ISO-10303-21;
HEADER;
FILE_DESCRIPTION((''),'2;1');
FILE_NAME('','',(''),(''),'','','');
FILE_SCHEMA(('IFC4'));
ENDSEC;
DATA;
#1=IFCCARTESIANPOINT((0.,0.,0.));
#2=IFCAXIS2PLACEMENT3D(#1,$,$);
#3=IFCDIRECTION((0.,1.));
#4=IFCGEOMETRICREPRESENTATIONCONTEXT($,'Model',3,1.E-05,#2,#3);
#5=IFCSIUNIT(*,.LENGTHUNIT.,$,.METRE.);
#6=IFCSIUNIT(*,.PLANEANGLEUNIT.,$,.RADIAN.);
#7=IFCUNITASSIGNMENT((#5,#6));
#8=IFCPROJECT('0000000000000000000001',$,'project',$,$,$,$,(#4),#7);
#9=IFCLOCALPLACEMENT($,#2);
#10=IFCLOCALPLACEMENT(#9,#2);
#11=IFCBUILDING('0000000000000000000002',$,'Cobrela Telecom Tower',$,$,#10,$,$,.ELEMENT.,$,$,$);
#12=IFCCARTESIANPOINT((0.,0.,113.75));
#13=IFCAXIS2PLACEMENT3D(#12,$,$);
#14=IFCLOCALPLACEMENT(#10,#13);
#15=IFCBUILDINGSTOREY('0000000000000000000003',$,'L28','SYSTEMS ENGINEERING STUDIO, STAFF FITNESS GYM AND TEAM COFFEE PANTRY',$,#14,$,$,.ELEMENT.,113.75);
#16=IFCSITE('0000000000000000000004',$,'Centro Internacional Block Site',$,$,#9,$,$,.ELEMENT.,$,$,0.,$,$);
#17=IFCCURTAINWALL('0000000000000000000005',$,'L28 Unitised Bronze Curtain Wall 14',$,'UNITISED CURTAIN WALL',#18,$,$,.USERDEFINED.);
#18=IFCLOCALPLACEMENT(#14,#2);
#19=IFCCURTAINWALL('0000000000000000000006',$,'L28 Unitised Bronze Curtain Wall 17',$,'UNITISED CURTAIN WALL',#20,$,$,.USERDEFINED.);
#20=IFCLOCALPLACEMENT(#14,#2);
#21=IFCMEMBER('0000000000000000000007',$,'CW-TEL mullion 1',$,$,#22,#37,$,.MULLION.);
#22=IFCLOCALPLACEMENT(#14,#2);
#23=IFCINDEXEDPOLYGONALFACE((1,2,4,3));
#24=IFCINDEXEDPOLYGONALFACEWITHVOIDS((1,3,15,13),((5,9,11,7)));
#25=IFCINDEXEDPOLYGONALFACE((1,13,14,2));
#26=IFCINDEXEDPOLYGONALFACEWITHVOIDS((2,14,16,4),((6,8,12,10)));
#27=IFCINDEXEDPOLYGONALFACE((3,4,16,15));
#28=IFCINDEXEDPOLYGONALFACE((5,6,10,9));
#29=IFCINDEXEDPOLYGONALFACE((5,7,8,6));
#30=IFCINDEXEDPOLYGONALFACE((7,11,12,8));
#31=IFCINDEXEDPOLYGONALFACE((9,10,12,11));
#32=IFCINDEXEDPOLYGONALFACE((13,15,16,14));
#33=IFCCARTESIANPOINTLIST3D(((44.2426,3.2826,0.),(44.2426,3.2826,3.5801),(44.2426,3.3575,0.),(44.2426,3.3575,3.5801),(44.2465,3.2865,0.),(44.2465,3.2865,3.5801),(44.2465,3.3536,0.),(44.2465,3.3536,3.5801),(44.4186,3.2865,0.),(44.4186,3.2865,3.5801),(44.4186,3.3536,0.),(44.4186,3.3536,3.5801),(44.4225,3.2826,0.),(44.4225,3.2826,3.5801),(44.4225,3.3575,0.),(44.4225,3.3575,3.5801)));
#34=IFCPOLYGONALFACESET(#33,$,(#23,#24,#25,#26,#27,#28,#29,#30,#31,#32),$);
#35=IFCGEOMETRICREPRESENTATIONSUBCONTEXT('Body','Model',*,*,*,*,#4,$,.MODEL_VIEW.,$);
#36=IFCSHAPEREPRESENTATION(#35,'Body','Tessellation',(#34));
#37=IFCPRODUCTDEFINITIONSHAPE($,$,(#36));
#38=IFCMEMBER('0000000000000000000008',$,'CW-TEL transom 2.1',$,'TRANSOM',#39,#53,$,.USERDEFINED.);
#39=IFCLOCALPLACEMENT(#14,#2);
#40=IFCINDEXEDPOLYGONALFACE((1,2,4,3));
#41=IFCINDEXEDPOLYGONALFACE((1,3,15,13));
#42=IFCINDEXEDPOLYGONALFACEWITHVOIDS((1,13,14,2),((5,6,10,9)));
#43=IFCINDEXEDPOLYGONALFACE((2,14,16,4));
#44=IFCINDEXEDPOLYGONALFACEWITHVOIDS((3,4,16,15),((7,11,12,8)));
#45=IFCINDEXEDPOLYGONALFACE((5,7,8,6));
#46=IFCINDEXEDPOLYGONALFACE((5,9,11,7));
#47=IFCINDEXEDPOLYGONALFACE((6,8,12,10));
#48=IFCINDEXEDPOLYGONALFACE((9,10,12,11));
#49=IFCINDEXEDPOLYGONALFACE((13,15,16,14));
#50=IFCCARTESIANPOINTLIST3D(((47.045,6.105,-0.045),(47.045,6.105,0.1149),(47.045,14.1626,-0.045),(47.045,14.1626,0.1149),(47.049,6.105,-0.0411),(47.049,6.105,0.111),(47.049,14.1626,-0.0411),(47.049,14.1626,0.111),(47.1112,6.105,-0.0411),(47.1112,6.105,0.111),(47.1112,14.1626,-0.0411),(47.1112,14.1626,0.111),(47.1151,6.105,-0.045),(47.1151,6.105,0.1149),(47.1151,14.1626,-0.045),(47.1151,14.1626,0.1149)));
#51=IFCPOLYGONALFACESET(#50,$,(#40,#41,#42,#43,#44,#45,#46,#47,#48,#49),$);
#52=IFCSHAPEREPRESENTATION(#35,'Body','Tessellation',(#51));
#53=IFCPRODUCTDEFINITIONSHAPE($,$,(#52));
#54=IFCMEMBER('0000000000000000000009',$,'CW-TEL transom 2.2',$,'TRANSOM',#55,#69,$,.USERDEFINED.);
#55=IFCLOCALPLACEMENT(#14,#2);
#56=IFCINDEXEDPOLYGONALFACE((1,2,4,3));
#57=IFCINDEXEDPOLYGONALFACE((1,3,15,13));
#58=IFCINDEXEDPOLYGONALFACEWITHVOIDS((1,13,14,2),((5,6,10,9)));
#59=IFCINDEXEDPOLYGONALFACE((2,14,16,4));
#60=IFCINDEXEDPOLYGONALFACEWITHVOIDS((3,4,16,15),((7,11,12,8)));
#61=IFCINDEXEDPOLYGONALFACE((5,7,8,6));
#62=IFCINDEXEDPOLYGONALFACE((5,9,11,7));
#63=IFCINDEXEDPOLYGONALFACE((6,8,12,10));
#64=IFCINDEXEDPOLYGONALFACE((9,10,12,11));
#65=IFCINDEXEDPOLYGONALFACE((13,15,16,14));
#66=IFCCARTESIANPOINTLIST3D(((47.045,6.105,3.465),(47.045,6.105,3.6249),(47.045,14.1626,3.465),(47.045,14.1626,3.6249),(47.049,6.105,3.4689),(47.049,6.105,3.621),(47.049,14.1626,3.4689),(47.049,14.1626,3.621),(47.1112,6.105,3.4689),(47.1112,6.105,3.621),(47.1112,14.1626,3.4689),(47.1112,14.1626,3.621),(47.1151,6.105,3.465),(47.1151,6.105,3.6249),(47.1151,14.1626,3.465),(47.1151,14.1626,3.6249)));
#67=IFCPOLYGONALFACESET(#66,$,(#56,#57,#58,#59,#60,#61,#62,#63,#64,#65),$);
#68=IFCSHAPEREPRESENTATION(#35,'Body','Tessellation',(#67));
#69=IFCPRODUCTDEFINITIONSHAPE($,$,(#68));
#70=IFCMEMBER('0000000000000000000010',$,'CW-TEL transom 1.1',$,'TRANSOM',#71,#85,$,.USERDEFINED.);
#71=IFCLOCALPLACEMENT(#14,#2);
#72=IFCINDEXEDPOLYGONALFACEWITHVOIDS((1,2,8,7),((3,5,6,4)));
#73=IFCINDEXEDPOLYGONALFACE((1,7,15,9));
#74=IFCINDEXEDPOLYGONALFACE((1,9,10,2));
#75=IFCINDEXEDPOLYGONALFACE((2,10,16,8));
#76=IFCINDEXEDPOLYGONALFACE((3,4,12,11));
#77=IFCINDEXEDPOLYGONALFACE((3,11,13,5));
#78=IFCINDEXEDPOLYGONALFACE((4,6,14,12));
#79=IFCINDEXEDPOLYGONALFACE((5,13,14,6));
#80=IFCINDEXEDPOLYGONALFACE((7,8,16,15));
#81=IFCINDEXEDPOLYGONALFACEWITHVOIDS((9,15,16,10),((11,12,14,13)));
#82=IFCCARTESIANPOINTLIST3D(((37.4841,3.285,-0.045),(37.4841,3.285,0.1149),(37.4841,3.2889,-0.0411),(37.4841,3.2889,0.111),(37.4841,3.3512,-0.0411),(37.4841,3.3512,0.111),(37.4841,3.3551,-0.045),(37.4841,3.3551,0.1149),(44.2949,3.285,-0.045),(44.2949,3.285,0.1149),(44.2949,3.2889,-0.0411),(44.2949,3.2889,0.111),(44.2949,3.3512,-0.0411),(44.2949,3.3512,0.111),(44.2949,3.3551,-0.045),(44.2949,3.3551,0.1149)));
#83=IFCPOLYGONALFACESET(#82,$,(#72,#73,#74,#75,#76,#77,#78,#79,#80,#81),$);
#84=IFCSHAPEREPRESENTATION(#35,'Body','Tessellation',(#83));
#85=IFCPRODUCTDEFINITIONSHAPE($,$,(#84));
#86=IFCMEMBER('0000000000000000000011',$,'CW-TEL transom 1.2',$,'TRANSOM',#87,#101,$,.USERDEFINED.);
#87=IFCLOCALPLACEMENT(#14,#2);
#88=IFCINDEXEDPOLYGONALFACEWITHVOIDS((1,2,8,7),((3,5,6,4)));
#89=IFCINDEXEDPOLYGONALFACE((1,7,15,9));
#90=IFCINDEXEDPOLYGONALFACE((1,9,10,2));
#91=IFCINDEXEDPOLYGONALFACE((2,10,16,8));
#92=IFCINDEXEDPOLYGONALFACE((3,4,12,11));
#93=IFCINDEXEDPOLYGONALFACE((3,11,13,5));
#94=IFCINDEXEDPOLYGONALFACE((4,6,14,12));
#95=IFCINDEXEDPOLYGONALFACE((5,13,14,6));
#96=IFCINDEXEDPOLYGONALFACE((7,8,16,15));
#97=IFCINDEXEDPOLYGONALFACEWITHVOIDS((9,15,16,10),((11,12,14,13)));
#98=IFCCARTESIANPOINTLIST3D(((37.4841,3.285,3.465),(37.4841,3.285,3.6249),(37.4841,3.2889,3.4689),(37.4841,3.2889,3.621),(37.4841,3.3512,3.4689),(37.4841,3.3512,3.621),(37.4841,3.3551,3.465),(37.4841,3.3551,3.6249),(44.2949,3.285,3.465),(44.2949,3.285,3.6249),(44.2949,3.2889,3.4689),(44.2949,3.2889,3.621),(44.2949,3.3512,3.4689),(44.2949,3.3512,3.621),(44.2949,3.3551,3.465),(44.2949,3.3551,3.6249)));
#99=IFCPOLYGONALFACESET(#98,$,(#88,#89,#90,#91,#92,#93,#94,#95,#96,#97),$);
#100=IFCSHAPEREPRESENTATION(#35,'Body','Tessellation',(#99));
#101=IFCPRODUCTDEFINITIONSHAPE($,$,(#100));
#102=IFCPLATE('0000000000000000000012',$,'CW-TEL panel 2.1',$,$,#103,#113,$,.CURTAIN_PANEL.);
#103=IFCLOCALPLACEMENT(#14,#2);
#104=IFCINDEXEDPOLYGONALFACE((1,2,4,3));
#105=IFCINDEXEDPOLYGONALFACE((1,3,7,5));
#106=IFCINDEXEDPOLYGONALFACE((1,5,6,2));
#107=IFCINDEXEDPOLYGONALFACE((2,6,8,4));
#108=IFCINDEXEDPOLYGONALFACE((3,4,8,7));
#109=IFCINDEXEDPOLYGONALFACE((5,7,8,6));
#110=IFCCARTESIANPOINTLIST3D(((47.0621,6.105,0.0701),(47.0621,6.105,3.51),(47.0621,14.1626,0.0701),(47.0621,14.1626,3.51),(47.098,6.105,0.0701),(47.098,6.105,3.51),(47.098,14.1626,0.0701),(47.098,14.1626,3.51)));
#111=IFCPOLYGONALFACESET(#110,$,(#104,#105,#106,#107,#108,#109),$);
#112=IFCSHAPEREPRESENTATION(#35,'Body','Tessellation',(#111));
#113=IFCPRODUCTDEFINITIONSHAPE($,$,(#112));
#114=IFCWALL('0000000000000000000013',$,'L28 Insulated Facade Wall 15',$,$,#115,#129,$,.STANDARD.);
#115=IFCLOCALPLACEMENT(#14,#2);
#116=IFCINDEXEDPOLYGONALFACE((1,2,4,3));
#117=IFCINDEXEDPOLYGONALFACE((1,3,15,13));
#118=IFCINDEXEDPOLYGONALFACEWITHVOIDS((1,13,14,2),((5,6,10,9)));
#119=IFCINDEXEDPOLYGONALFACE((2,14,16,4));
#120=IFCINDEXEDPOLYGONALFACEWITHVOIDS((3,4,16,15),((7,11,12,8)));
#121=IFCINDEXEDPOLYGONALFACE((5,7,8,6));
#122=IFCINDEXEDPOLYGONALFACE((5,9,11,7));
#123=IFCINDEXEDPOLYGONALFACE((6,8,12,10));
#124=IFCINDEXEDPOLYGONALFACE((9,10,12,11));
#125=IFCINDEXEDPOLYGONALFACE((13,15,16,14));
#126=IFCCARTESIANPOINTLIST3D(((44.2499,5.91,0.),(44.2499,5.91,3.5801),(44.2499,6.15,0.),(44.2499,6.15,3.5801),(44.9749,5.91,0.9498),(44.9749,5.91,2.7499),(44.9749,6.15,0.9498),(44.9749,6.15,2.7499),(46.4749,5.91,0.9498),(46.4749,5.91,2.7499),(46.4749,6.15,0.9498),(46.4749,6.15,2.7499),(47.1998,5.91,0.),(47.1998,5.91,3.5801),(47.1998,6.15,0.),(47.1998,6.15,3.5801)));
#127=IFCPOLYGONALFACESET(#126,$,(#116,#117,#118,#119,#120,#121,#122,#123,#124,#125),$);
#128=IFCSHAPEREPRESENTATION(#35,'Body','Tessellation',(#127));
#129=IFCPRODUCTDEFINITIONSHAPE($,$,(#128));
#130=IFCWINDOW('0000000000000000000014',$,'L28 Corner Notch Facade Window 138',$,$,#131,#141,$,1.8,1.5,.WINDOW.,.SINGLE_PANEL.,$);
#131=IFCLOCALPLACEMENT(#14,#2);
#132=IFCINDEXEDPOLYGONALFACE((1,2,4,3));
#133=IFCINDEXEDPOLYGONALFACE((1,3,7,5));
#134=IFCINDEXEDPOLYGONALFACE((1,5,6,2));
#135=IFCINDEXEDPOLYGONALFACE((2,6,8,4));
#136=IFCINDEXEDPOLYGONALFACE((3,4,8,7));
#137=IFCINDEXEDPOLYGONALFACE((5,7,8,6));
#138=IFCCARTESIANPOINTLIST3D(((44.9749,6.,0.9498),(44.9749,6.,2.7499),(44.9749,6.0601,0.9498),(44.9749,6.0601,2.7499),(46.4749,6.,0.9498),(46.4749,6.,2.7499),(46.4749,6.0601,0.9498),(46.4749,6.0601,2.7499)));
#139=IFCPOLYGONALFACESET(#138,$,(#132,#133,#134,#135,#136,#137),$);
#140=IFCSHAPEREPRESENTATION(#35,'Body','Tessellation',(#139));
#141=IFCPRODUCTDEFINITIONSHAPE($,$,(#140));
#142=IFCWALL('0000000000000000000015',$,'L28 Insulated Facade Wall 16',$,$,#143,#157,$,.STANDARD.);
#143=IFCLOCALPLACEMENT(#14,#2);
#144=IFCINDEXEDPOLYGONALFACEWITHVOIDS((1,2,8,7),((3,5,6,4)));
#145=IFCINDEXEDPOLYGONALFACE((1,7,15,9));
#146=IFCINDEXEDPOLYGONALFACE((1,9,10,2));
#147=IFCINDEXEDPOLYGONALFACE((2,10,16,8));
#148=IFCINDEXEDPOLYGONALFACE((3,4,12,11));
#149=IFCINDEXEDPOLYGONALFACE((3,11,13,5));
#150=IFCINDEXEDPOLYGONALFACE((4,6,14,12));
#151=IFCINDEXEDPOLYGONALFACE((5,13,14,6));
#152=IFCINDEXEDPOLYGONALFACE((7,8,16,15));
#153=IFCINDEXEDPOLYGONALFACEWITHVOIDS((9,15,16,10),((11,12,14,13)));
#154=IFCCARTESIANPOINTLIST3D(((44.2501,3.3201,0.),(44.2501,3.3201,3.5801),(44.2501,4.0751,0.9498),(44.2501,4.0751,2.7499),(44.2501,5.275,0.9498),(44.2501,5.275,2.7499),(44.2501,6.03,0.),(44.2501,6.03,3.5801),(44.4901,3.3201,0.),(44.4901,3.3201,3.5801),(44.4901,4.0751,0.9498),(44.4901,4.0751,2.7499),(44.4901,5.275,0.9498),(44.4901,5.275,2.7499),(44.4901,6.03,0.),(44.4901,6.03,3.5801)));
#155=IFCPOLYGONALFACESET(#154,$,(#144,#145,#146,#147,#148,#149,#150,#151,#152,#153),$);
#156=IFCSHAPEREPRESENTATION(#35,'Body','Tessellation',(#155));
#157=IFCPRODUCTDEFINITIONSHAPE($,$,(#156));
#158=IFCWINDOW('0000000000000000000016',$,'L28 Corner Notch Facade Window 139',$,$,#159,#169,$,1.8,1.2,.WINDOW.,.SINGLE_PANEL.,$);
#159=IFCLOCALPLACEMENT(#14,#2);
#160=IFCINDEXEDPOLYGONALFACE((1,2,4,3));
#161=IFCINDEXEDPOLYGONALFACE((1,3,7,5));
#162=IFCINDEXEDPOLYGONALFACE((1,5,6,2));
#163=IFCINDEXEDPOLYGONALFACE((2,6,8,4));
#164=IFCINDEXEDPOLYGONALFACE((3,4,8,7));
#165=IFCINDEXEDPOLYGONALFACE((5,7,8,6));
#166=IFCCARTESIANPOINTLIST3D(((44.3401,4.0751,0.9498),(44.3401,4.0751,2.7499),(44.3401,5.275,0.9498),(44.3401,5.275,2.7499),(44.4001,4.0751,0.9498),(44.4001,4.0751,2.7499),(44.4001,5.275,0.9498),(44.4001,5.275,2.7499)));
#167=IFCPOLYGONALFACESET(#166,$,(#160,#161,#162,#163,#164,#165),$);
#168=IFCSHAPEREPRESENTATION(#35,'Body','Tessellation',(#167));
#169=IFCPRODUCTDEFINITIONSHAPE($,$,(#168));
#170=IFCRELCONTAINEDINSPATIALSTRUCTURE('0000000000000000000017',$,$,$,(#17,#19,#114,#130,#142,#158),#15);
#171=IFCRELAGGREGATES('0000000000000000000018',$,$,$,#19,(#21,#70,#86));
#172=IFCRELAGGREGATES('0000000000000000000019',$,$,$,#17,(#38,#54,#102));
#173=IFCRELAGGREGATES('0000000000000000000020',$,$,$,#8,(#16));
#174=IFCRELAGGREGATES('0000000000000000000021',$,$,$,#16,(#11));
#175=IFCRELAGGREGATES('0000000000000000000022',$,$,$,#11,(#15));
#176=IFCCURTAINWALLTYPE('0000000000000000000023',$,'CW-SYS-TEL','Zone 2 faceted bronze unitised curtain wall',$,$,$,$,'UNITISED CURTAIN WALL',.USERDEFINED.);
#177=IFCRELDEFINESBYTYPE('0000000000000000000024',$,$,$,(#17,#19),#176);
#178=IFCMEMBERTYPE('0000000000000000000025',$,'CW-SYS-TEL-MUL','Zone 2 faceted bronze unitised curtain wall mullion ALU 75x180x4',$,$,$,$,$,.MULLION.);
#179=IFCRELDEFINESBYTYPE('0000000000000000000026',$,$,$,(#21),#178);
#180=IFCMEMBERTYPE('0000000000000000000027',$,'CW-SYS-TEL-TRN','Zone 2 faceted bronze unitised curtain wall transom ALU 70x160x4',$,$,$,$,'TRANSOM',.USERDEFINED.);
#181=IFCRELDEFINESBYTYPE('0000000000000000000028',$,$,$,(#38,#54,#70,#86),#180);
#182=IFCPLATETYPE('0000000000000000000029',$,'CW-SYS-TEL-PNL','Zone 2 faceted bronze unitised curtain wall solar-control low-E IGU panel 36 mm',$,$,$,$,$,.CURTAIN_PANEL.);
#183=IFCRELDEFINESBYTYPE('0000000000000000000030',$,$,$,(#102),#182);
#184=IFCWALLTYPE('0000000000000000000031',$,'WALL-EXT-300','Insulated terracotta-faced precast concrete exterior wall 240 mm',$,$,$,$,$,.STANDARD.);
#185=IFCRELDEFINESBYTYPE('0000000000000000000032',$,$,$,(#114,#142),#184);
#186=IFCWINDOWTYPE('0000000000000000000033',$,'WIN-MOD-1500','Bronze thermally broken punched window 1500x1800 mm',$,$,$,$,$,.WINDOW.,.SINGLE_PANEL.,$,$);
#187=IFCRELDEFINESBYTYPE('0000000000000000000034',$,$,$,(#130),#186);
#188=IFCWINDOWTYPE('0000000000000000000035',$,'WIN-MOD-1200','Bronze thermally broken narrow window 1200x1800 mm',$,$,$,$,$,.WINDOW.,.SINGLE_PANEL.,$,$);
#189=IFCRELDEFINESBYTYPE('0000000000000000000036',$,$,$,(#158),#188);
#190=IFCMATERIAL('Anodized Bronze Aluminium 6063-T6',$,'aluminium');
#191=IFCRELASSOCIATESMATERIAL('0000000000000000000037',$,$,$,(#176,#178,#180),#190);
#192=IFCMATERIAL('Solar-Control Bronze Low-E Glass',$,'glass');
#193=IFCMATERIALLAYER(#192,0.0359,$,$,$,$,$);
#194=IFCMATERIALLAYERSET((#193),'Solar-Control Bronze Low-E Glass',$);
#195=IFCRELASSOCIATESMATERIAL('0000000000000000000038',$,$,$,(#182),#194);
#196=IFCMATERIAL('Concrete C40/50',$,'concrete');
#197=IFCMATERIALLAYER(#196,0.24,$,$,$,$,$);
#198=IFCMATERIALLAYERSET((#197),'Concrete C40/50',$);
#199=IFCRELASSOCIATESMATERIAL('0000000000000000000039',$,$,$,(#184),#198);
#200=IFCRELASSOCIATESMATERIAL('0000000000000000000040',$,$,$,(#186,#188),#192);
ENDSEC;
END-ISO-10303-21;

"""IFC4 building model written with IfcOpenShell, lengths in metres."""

from ifc_helpers import new_model, si_unit, direction, frame, frame_2d, origin, origin_2d, place, context, subcontext, project, spatial, rectangle, hollow_rectangle, extrude, material, layer, layer_set, material_profile, profile_set, type_object, element, fill, aggregate, save


model = new_model("IFC4")

# Units and contexts
model_context = context("Model", 3, precision=1e-05, world=origin(), true_north=direction((0.0, 1.0)))
body_context = subcontext(model_context, "Body", "Model", "MODEL_VIEW")
ifc_project = project(units=[si_unit("LENGTHUNIT", "METRE"), si_unit("PLANEANGLEUNIT", "RADIAN")], contexts=[model_context])

# Site, building, storey
site_placement = place(None, origin())
site = spatial("IfcSite", under=ifc_project, at=site_placement, Name="Centro Internacional Block Site", CompositionType="ELEMENT", RefElevation=0.0)
building_placement = place(site_placement, origin())
building = spatial("IfcBuilding", under=site, at=building_placement, Name="Cobrela Telecom Tower", CompositionType="ELEMENT")
storey_placement = place(building_placement, frame((0.0, 0.0, 113.75)))
storey = spatial("IfcBuildingStorey", under=building, at=storey_placement, Name="L28", Description="SYSTEMS ENGINEERING STUDIO, STAFF FITNESS GYM AND TEAM COFFEE PANTRY", CompositionType="ELEMENT", Elevation=113.75)

# Curtain wall
ifc_material_1 = material(Name="Anodized Bronze Aluminium 6063-T6", Category="aluminium")
curtain_wall_type = type_object("IfcCurtainWallType", Name="CW-SYS-TEL", Description="Zone 2 faceted bronze unitised curtain wall", ElementType="UNITISED CURTAIN WALL", PredefinedType="USERDEFINED", material=ifc_material_1)
curtain_wall_1_placement = place(storey_placement, origin())
curtain_wall_1 = element("IfcCurtainWall", 1, at=curtain_wall_1_placement, inside=storey, type_object=curtain_wall_type, Name="L28 Unitised Bronze Curtain Wall 14", ObjectType="UNITISED CURTAIN WALL", PredefinedType="USERDEFINED")
ifc_material_profile_1 = material_profile(ifc_material_1, hollow_rectangle(XDim=0.075, YDim=0.1799, WallThickness=0.0039, at=origin_2d()), Name="ALU 75x180x4")
ifc_profile_set_1 = profile_set([ifc_material_profile_1], Name="Anodized Bronze Aluminium 6063-T6")
member_type_1 = type_object("IfcMemberType", Name="CW-SYS-TEL-MUL", Description="Zone 2 faceted bronze unitised curtain wall mullion ALU 75x180x4", PredefinedType="MULLION", material=ifc_profile_set_1)

# Curtain wall, member
curtain_wall_2_placement = place(storey_placement, origin())
curtain_wall_2 = element("IfcCurtainWall", 2, at=curtain_wall_2_placement, inside=storey, type_object=curtain_wall_type, Name="L28 Unitised Bronze Curtain Wall 17", ObjectType="UNITISED CURTAIN WALL", PredefinedType="USERDEFINED")
member_1_placement = place(storey_placement, frame((44.3325, 3.3201, 0.0), z_axis=(0.0, 0.0, 1.0), x_axis=(0.0, -1.0, 0.0)))
member_1 = element("IfcMember", 3, at=member_1_placement, type_object=member_type_1, Name="CW-TEL mullion 1", PredefinedType="MULLION", context=body_context, shape_type="SweptSolid", body=[
    extrude(hollow_rectangle(XDim=0.075, YDim=0.1799, WallThickness=0.0039, at=origin_2d()), origin(), (0.0, 0.0, 1.0), 3.5801),
])

# Members
ifc_material_profile_2 = material_profile(ifc_material_1, hollow_rectangle(XDim=0.0701, YDim=0.1599, WallThickness=0.0039, at=origin_2d()), Name="ALU 70x160x4")
ifc_profile_set_2 = profile_set([ifc_material_profile_2], Name="Anodized Bronze Aluminium 6063-T6")
member_type_2 = type_object("IfcMemberType", Name="CW-SYS-TEL-TRN", Description="Zone 2 faceted bronze unitised curtain wall transom ALU 70x160x4", ElementType="TRANSOM", PredefinedType="USERDEFINED", material=ifc_profile_set_2)
member_2_placement = place(storey_placement, frame((47.0801, 14.1626, 0.0349), z_axis=(0.0, -1.0, 0.0), x_axis=(1.0, 0.0, 0.0)))
member_2 = element("IfcMember", 4, at=member_2_placement, type_object=member_type_2, Name="CW-TEL transom 2.1", ObjectType="TRANSOM", PredefinedType="USERDEFINED", context=body_context, shape_type="SweptSolid", body=[
    extrude(hollow_rectangle(XDim=0.0701, YDim=0.1599, WallThickness=0.0039, at=origin_2d()), origin(), (0.0, 0.0, 1.0), 8.0576),
])
member_3_placement = place(storey_placement, frame((47.0801, 14.1626, 3.5449), z_axis=(0.0, -1.0, 0.0), x_axis=(1.0, 0.0, 0.0)))
member_3 = element("IfcMember", 5, at=member_3_placement, type_object=member_type_2, Name="CW-TEL transom 2.2", ObjectType="TRANSOM", PredefinedType="USERDEFINED", context=body_context, shape_type="SweptSolid", body=[
    extrude(hollow_rectangle(XDim=0.0701, YDim=0.1599, WallThickness=0.0039, at=origin_2d()), origin(), (0.0, 0.0, 1.0), 8.0576),
])
member_4_placement = place(storey_placement, frame((44.2949, 3.3201, 0.0349), z_axis=(-1.0, 0.0, 0.0), x_axis=(0.0, -1.0, 0.0)))
member_4 = element("IfcMember", 6, at=member_4_placement, type_object=member_type_2, Name="CW-TEL transom 1.1", ObjectType="TRANSOM", PredefinedType="USERDEFINED", context=body_context, shape_type="SweptSolid", body=[
    extrude(hollow_rectangle(XDim=0.0701, YDim=0.1599, WallThickness=0.0039, at=origin_2d()), origin(), (0.0, 0.0, 1.0), 6.8108),
])
member_5_placement = place(storey_placement, frame((44.2949, 3.3201, 3.5449), z_axis=(-1.0, 0.0, 0.0), x_axis=(0.0, -1.0, 0.0)))
member_5 = element("IfcMember", 7, at=member_5_placement, type_object=member_type_2, Name="CW-TEL transom 1.2", ObjectType="TRANSOM", PredefinedType="USERDEFINED", context=body_context, shape_type="SweptSolid", body=[
    extrude(hollow_rectangle(XDim=0.0701, YDim=0.1599, WallThickness=0.0039, at=origin_2d()), origin(), (0.0, 0.0, 1.0), 6.8108),
])
aggregate(curtain_wall_2, [member_1, member_4, member_5])

# Plate
ifc_material_2 = material(Name="Solar-Control Bronze Low-E Glass", Category="glass")
ifc_layer_1 = layer(ifc_material_2, 0.0359)
ifc_layer_set_1 = layer_set([ifc_layer_1], Name="Solar-Control Bronze Low-E Glass")
plate_type = type_object("IfcPlateType", Name="CW-SYS-TEL-PNL", Description="Zone 2 faceted bronze unitised curtain wall solar-control low-E IGU panel 36 mm", PredefinedType="CURTAIN_PANEL", material=ifc_layer_set_1)
plate_placement = place(storey_placement, frame((47.0801, 10.1338, 0.0701), z_axis=(0.0, 0.0, 1.0), x_axis=(0.0, -1.0, 0.0)))
plate = element("IfcPlate", 8, at=plate_placement, type_object=plate_type, Name="CW-TEL panel 2.1", PredefinedType="CURTAIN_PANEL", context=body_context, shape_type="SweptSolid", body=[
    extrude(rectangle(XDim=8.0576, YDim=0.0359, at=origin_2d()), origin(), (0.0, 0.0, 1.0), 3.4399),
])
aggregate(curtain_wall_1, [member_2, member_3, plate])

# Walls, openings, windows
ifc_material_3 = material(Name="Concrete C40/50", Category="concrete")
ifc_layer_2 = layer(ifc_material_3, 0.24)
ifc_layer_set_2 = layer_set([ifc_layer_2], Name="Concrete C40/50")
wall_type = type_object("IfcWallType", Name="WALL-EXT-300", Description="Insulated terracotta-faced precast concrete exterior wall 240 mm", PredefinedType="STANDARD", material=ifc_layer_set_2)
wall_1_placement = place(storey_placement, frame((47.2, 6.03, 0.0), z_axis=(0.0, 0.0, 1.0), x_axis=(-1.0, 0.0, 0.0)))
wall_1 = element("IfcWall", 9, at=wall_1_placement, inside=storey, type_object=wall_type, Name="L28 Insulated Facade Wall 15", PredefinedType="STANDARD", context=body_context, shape_type="SweptSolid", body=[
    extrude(rectangle(XDim=2.95, YDim=0.24, at=frame_2d((1.4751, 0.0))), origin(), (0.0, 0.0, 1.0), 3.5801),
])
opening_1_placement = place(wall_1_placement, frame((0.7251, 0.0, 0.95)))
opening_1 = element("IfcOpeningElement", 10, at=opening_1_placement, cuts=wall_1, PredefinedType="OPENING", context=body_context, shape_type="SweptSolid", body=[
    extrude(rectangle(XDim=1.5, YDim=1.8, at=frame_2d((0.75, 0.8999))), frame((0.0, 0.1318, 0.0), z_axis=(0.0, -1.0, 0.0), x_axis=(1.0, 0.0, 0.0)), (0.0, 0.0, 1.0), 0.2639),
])
window_type_1 = type_object("IfcWindowType", Name="WIN-MOD-1500", Description="Bronze thermally broken punched window 1500x1800 mm", PartitioningType="SINGLE_PANEL", PredefinedType="WINDOW", material=ifc_material_2)
window_1_placement = place(opening_1_placement, origin())
window_1 = element("IfcWindow", 11, at=window_1_placement, inside=storey, type_object=window_type_1, Name="L28 Corner Notch Facade Window 138", OverallHeight=1.8, OverallWidth=1.5, PartitioningType="SINGLE_PANEL", PredefinedType="WINDOW", context=body_context, shape_type="SweptSolid", body=[
    extrude(rectangle(XDim=1.5, YDim=1.8, at=frame_2d((0.75, 0.8999))), frame((0.0, 0.03, 0.0), z_axis=(0.0, -1.0, 0.0), x_axis=(1.0, 0.0, 0.0)), (0.0, 0.0, 1.0), 0.0601),
])
fill(opening_1, window_1)
wall_2_placement = place(storey_placement, frame((44.3701, 6.03, 0.0), z_axis=(0.0, 0.0, 1.0), x_axis=(0.0, -1.0, 0.0)))
wall_2 = element("IfcWall", 12, at=wall_2_placement, inside=storey, type_object=wall_type, Name="L28 Insulated Facade Wall 16", PredefinedType="STANDARD", context=body_context, shape_type="SweptSolid", body=[
    extrude(rectangle(XDim=2.71, YDim=0.24, at=frame_2d((1.355, 0.0))), origin(), (0.0, 0.0, 1.0), 3.5801),
])
opening_2_placement = place(wall_2_placement, frame((0.7549, 0.0, 0.95)))
opening_2 = element("IfcOpeningElement", 13, at=opening_2_placement, cuts=wall_2, PredefinedType="OPENING", context=body_context, shape_type="SweptSolid", body=[
    extrude(rectangle(XDim=1.2, YDim=1.8, at=frame_2d((0.6001, 0.8999))), frame((0.0, 0.1318, 0.0), z_axis=(0.0, -1.0, 0.0), x_axis=(1.0, 0.0, 0.0)), (0.0, 0.0, 1.0), 0.2639),
])
window_type_2 = type_object("IfcWindowType", Name="WIN-MOD-1200", Description="Bronze thermally broken narrow window 1200x1800 mm", PartitioningType="SINGLE_PANEL", PredefinedType="WINDOW", material=ifc_material_2)
window_2_placement = place(opening_2_placement, origin())
window_2 = element("IfcWindow", 14, at=window_2_placement, inside=storey, type_object=window_type_2, Name="L28 Corner Notch Facade Window 139", OverallHeight=1.8, OverallWidth=1.2, PartitioningType="SINGLE_PANEL", PredefinedType="WINDOW", context=body_context, shape_type="SweptSolid", body=[
    extrude(rectangle(XDim=1.2, YDim=1.8, at=frame_2d((0.6001, 0.8999))), frame((0.0, 0.03, 0.0), z_axis=(0.0, -1.0, 0.0), x_axis=(1.0, 0.0, 0.0)), (0.0, 0.0, 1.0), 0.0601),
])
fill(opening_2, window_2)

save(model, "model.ifc")
